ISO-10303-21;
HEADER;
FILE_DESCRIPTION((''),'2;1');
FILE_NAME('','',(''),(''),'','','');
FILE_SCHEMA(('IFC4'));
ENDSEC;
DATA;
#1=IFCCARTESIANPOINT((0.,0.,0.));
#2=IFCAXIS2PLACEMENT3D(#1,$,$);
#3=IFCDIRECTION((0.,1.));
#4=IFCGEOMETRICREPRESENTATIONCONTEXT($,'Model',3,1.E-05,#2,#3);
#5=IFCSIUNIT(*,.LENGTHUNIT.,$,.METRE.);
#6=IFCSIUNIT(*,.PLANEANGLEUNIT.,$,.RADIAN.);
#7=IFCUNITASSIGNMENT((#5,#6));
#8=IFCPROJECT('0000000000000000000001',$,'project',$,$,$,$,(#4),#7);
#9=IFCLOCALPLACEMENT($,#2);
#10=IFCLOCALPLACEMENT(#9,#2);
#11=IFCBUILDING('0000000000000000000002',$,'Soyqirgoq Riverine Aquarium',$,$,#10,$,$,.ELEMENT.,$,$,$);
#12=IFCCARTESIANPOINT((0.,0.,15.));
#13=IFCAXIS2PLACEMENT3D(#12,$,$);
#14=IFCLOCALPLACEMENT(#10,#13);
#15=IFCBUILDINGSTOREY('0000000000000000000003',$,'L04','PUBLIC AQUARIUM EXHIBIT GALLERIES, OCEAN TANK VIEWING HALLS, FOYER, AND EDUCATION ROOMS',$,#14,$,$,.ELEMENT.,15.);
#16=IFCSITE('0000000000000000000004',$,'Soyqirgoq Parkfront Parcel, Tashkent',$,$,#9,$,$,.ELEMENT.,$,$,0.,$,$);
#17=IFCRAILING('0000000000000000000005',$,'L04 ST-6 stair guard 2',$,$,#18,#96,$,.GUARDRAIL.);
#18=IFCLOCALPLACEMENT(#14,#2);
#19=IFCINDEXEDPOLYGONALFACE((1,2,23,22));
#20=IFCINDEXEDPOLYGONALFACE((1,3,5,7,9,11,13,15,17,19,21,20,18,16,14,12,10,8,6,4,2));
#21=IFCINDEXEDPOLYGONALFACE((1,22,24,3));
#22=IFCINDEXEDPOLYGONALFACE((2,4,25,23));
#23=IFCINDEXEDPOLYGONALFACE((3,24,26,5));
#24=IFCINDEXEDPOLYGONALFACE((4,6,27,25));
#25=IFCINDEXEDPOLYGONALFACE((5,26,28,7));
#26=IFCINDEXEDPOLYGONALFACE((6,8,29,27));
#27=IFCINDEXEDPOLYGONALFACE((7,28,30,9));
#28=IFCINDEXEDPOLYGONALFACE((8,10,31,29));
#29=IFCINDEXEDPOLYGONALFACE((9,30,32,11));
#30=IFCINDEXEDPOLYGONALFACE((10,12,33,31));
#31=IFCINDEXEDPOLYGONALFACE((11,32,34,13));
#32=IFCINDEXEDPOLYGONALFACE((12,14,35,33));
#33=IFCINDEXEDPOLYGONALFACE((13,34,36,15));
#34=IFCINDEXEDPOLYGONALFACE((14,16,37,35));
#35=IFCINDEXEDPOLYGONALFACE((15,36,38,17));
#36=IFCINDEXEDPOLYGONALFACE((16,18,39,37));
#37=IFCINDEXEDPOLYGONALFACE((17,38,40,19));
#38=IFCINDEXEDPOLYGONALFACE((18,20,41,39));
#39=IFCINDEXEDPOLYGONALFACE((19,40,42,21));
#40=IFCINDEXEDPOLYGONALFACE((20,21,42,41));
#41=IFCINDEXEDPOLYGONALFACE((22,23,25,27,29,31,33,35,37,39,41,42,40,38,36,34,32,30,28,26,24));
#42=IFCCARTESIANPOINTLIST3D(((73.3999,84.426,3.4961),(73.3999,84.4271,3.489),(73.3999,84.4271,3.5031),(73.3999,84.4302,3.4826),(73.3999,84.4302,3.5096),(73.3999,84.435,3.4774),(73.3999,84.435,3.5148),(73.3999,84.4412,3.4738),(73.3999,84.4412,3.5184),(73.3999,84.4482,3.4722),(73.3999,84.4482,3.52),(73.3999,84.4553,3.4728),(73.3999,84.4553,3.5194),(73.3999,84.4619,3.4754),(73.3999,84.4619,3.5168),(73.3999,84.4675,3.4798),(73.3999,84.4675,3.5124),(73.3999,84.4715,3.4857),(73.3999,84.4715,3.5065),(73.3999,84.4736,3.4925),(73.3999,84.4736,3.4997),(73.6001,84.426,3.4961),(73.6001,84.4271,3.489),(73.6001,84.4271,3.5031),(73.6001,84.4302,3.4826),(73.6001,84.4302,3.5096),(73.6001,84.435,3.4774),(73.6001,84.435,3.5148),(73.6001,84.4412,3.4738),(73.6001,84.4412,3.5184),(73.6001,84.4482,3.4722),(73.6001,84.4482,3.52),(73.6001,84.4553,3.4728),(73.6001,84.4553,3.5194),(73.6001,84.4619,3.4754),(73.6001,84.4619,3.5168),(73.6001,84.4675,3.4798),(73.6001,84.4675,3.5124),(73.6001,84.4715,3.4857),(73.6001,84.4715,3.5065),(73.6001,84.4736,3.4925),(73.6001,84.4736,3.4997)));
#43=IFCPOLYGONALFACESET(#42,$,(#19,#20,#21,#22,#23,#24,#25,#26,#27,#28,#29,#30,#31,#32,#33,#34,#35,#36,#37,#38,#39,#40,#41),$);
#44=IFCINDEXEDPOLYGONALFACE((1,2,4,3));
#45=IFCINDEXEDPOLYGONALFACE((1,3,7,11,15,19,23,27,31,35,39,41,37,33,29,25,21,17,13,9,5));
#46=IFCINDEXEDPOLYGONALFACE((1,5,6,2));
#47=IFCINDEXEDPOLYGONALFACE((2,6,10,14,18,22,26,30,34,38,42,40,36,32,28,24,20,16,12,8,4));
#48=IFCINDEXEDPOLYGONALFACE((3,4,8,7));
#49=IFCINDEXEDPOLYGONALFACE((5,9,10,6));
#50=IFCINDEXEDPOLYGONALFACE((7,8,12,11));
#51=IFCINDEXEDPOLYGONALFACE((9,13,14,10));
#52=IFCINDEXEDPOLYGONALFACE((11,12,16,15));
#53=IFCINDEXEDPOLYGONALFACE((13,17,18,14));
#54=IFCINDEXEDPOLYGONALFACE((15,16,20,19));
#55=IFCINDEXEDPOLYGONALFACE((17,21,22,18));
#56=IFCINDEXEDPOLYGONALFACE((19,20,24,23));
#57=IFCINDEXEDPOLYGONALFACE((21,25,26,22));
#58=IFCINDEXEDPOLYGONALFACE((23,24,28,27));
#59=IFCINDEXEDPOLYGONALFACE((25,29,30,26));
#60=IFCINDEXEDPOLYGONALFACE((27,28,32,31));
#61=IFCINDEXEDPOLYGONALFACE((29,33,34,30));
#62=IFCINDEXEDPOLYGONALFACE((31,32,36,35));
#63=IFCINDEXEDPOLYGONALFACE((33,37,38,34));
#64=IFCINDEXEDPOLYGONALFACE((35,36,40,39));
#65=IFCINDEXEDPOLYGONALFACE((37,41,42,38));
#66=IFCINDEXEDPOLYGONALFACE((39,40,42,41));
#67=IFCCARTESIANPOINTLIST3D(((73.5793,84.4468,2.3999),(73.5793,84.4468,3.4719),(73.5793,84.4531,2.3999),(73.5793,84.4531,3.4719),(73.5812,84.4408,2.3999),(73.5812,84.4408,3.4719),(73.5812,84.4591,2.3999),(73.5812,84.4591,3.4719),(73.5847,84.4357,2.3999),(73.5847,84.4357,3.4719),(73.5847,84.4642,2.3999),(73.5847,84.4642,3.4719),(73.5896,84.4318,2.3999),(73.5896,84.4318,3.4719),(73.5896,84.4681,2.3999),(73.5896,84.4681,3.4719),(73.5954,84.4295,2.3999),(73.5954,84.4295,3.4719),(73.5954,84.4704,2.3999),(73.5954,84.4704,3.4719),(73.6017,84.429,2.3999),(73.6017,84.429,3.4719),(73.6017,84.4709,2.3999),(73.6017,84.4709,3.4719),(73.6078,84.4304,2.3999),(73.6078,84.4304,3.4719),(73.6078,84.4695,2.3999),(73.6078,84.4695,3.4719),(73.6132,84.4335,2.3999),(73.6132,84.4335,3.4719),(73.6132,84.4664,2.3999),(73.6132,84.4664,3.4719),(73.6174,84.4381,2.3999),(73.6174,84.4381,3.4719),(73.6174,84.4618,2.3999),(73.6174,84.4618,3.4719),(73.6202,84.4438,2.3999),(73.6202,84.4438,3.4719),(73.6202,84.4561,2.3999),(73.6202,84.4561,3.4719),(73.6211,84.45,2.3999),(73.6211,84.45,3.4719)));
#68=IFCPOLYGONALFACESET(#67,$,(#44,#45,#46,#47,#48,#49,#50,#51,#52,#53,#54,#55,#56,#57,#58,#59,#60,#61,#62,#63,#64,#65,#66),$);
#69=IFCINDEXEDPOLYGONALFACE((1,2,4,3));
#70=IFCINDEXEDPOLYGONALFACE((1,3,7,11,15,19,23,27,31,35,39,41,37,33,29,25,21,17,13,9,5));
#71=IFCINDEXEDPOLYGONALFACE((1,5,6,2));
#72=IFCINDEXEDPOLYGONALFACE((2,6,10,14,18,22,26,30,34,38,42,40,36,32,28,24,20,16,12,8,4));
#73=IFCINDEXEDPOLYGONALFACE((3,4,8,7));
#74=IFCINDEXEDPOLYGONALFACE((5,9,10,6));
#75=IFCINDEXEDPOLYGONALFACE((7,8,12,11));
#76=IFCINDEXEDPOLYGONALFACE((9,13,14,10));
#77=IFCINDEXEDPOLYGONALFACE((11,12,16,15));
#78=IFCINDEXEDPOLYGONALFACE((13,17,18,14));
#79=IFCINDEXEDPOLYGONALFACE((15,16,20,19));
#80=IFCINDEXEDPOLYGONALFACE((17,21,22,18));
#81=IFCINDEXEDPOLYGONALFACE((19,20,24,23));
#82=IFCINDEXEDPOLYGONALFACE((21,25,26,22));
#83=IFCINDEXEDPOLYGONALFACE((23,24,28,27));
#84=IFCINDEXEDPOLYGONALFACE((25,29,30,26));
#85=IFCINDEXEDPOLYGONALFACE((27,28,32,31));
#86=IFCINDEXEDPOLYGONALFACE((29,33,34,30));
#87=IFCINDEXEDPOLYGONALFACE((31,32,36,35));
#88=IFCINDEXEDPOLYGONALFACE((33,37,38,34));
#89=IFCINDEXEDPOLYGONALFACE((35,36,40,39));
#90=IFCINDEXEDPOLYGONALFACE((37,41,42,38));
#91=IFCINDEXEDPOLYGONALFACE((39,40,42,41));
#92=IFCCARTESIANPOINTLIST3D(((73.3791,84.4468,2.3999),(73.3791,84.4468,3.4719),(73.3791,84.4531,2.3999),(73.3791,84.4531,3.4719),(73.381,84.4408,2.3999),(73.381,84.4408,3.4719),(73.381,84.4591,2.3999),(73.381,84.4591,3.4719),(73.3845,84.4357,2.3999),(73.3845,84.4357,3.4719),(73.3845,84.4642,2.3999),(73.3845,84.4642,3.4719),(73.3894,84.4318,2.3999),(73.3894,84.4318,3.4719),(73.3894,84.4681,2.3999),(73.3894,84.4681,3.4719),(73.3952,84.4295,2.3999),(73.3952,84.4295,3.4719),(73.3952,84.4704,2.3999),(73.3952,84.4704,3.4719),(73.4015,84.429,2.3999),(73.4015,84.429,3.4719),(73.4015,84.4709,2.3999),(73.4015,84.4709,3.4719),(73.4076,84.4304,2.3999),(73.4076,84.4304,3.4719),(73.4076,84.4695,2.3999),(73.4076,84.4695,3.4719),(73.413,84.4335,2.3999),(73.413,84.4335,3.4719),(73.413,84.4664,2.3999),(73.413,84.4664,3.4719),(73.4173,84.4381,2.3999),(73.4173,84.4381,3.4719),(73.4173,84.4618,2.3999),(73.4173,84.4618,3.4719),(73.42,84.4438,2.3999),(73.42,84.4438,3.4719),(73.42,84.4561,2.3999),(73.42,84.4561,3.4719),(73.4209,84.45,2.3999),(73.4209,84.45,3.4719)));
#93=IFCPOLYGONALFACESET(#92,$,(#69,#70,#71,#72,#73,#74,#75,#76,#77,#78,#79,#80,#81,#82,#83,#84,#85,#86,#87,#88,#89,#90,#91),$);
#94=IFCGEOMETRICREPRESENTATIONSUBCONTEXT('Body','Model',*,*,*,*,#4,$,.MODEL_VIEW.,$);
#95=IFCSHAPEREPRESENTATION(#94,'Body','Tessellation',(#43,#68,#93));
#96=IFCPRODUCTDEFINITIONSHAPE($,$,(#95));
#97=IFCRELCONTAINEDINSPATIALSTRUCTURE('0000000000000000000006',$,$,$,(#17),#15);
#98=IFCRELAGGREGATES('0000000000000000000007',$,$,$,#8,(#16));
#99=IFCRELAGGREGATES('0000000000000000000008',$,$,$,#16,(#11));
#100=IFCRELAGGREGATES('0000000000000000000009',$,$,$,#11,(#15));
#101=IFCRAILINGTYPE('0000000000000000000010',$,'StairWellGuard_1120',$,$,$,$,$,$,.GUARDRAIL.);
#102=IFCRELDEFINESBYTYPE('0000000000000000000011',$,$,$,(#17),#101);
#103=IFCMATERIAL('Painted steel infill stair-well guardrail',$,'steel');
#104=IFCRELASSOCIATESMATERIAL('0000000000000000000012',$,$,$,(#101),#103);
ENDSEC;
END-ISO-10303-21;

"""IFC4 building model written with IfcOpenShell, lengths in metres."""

from ifc_helpers import new_model, si_unit, direction, frame, origin, origin_2d, place, context, subcontext, project, spatial, circle, extrude, material, type_object, element, save


model = new_model("IFC4")

# Units and contexts
model_context = context("Model", 3, precision=1e-05, world=origin(), true_north=direction((0.0, 1.0)))
body_context = subcontext(model_context, "Body", "Model", "MODEL_VIEW")
ifc_project = project(units=[si_unit("LENGTHUNIT", "METRE"), si_unit("PLANEANGLEUNIT", "RADIAN")], contexts=[model_context])

# Site, building, storey
site_placement = place(None, origin())
site = spatial("IfcSite", under=ifc_project, at=site_placement, Name="Soyqirgoq Parkfront Parcel, Tashkent", CompositionType="ELEMENT", RefElevation=0.0)
building_placement = place(site_placement, origin())
building = spatial("IfcBuilding", under=site, at=building_placement, Name="Soyqirgoq Riverine Aquarium", CompositionType="ELEMENT")
storey_placement = place(building_placement, frame((0.0, 0.0, 15.0)))
storey = spatial("IfcBuildingStorey", under=building, at=storey_placement, Name="L04", Description="PUBLIC AQUARIUM EXHIBIT GALLERIES, OCEAN TANK VIEWING HALLS, FOYER, AND EDUCATION ROOMS", CompositionType="ELEMENT", Elevation=15.0)

# Railing
ifc_material_1 = material(Name="Painted steel infill stair-well guardrail", Category="steel")
railing_type_1 = type_object("IfcRailingType", Name="StairWellGuard_1120", PredefinedType="GUARDRAIL", material=ifc_material_1)
railing_1_placement = place(storey_placement, frame((73.6001, 84.45, 2.3999)))
element("IfcRailing", 1, at=railing_1_placement, inside=storey, type_object=railing_type_1, Name="L04 ST-6 stair guard 2", PredefinedType="GUARDRAIL", context=body_context, shape_type="SweptSolid", body=[
    extrude(circle(Radius=0.0239, at=origin_2d()), frame((0.0, 0.0, 1.0962), z_axis=(-1.0, 0.0, 0.0), x_axis=(0.0, -1.0, 0.0)), (0.0, 0.0, 1.0), 0.2002),
    extrude(circle(Radius=0.021, at=origin_2d()), origin(), (0.0, 0.0, 1.0), 1.072),
    extrude(circle(Radius=0.021, at=origin_2d()), frame((-0.2002, 0.0, 0.0)), (0.0, 0.0, 1.0), 1.072),
])

save(model, "model.ifc")
